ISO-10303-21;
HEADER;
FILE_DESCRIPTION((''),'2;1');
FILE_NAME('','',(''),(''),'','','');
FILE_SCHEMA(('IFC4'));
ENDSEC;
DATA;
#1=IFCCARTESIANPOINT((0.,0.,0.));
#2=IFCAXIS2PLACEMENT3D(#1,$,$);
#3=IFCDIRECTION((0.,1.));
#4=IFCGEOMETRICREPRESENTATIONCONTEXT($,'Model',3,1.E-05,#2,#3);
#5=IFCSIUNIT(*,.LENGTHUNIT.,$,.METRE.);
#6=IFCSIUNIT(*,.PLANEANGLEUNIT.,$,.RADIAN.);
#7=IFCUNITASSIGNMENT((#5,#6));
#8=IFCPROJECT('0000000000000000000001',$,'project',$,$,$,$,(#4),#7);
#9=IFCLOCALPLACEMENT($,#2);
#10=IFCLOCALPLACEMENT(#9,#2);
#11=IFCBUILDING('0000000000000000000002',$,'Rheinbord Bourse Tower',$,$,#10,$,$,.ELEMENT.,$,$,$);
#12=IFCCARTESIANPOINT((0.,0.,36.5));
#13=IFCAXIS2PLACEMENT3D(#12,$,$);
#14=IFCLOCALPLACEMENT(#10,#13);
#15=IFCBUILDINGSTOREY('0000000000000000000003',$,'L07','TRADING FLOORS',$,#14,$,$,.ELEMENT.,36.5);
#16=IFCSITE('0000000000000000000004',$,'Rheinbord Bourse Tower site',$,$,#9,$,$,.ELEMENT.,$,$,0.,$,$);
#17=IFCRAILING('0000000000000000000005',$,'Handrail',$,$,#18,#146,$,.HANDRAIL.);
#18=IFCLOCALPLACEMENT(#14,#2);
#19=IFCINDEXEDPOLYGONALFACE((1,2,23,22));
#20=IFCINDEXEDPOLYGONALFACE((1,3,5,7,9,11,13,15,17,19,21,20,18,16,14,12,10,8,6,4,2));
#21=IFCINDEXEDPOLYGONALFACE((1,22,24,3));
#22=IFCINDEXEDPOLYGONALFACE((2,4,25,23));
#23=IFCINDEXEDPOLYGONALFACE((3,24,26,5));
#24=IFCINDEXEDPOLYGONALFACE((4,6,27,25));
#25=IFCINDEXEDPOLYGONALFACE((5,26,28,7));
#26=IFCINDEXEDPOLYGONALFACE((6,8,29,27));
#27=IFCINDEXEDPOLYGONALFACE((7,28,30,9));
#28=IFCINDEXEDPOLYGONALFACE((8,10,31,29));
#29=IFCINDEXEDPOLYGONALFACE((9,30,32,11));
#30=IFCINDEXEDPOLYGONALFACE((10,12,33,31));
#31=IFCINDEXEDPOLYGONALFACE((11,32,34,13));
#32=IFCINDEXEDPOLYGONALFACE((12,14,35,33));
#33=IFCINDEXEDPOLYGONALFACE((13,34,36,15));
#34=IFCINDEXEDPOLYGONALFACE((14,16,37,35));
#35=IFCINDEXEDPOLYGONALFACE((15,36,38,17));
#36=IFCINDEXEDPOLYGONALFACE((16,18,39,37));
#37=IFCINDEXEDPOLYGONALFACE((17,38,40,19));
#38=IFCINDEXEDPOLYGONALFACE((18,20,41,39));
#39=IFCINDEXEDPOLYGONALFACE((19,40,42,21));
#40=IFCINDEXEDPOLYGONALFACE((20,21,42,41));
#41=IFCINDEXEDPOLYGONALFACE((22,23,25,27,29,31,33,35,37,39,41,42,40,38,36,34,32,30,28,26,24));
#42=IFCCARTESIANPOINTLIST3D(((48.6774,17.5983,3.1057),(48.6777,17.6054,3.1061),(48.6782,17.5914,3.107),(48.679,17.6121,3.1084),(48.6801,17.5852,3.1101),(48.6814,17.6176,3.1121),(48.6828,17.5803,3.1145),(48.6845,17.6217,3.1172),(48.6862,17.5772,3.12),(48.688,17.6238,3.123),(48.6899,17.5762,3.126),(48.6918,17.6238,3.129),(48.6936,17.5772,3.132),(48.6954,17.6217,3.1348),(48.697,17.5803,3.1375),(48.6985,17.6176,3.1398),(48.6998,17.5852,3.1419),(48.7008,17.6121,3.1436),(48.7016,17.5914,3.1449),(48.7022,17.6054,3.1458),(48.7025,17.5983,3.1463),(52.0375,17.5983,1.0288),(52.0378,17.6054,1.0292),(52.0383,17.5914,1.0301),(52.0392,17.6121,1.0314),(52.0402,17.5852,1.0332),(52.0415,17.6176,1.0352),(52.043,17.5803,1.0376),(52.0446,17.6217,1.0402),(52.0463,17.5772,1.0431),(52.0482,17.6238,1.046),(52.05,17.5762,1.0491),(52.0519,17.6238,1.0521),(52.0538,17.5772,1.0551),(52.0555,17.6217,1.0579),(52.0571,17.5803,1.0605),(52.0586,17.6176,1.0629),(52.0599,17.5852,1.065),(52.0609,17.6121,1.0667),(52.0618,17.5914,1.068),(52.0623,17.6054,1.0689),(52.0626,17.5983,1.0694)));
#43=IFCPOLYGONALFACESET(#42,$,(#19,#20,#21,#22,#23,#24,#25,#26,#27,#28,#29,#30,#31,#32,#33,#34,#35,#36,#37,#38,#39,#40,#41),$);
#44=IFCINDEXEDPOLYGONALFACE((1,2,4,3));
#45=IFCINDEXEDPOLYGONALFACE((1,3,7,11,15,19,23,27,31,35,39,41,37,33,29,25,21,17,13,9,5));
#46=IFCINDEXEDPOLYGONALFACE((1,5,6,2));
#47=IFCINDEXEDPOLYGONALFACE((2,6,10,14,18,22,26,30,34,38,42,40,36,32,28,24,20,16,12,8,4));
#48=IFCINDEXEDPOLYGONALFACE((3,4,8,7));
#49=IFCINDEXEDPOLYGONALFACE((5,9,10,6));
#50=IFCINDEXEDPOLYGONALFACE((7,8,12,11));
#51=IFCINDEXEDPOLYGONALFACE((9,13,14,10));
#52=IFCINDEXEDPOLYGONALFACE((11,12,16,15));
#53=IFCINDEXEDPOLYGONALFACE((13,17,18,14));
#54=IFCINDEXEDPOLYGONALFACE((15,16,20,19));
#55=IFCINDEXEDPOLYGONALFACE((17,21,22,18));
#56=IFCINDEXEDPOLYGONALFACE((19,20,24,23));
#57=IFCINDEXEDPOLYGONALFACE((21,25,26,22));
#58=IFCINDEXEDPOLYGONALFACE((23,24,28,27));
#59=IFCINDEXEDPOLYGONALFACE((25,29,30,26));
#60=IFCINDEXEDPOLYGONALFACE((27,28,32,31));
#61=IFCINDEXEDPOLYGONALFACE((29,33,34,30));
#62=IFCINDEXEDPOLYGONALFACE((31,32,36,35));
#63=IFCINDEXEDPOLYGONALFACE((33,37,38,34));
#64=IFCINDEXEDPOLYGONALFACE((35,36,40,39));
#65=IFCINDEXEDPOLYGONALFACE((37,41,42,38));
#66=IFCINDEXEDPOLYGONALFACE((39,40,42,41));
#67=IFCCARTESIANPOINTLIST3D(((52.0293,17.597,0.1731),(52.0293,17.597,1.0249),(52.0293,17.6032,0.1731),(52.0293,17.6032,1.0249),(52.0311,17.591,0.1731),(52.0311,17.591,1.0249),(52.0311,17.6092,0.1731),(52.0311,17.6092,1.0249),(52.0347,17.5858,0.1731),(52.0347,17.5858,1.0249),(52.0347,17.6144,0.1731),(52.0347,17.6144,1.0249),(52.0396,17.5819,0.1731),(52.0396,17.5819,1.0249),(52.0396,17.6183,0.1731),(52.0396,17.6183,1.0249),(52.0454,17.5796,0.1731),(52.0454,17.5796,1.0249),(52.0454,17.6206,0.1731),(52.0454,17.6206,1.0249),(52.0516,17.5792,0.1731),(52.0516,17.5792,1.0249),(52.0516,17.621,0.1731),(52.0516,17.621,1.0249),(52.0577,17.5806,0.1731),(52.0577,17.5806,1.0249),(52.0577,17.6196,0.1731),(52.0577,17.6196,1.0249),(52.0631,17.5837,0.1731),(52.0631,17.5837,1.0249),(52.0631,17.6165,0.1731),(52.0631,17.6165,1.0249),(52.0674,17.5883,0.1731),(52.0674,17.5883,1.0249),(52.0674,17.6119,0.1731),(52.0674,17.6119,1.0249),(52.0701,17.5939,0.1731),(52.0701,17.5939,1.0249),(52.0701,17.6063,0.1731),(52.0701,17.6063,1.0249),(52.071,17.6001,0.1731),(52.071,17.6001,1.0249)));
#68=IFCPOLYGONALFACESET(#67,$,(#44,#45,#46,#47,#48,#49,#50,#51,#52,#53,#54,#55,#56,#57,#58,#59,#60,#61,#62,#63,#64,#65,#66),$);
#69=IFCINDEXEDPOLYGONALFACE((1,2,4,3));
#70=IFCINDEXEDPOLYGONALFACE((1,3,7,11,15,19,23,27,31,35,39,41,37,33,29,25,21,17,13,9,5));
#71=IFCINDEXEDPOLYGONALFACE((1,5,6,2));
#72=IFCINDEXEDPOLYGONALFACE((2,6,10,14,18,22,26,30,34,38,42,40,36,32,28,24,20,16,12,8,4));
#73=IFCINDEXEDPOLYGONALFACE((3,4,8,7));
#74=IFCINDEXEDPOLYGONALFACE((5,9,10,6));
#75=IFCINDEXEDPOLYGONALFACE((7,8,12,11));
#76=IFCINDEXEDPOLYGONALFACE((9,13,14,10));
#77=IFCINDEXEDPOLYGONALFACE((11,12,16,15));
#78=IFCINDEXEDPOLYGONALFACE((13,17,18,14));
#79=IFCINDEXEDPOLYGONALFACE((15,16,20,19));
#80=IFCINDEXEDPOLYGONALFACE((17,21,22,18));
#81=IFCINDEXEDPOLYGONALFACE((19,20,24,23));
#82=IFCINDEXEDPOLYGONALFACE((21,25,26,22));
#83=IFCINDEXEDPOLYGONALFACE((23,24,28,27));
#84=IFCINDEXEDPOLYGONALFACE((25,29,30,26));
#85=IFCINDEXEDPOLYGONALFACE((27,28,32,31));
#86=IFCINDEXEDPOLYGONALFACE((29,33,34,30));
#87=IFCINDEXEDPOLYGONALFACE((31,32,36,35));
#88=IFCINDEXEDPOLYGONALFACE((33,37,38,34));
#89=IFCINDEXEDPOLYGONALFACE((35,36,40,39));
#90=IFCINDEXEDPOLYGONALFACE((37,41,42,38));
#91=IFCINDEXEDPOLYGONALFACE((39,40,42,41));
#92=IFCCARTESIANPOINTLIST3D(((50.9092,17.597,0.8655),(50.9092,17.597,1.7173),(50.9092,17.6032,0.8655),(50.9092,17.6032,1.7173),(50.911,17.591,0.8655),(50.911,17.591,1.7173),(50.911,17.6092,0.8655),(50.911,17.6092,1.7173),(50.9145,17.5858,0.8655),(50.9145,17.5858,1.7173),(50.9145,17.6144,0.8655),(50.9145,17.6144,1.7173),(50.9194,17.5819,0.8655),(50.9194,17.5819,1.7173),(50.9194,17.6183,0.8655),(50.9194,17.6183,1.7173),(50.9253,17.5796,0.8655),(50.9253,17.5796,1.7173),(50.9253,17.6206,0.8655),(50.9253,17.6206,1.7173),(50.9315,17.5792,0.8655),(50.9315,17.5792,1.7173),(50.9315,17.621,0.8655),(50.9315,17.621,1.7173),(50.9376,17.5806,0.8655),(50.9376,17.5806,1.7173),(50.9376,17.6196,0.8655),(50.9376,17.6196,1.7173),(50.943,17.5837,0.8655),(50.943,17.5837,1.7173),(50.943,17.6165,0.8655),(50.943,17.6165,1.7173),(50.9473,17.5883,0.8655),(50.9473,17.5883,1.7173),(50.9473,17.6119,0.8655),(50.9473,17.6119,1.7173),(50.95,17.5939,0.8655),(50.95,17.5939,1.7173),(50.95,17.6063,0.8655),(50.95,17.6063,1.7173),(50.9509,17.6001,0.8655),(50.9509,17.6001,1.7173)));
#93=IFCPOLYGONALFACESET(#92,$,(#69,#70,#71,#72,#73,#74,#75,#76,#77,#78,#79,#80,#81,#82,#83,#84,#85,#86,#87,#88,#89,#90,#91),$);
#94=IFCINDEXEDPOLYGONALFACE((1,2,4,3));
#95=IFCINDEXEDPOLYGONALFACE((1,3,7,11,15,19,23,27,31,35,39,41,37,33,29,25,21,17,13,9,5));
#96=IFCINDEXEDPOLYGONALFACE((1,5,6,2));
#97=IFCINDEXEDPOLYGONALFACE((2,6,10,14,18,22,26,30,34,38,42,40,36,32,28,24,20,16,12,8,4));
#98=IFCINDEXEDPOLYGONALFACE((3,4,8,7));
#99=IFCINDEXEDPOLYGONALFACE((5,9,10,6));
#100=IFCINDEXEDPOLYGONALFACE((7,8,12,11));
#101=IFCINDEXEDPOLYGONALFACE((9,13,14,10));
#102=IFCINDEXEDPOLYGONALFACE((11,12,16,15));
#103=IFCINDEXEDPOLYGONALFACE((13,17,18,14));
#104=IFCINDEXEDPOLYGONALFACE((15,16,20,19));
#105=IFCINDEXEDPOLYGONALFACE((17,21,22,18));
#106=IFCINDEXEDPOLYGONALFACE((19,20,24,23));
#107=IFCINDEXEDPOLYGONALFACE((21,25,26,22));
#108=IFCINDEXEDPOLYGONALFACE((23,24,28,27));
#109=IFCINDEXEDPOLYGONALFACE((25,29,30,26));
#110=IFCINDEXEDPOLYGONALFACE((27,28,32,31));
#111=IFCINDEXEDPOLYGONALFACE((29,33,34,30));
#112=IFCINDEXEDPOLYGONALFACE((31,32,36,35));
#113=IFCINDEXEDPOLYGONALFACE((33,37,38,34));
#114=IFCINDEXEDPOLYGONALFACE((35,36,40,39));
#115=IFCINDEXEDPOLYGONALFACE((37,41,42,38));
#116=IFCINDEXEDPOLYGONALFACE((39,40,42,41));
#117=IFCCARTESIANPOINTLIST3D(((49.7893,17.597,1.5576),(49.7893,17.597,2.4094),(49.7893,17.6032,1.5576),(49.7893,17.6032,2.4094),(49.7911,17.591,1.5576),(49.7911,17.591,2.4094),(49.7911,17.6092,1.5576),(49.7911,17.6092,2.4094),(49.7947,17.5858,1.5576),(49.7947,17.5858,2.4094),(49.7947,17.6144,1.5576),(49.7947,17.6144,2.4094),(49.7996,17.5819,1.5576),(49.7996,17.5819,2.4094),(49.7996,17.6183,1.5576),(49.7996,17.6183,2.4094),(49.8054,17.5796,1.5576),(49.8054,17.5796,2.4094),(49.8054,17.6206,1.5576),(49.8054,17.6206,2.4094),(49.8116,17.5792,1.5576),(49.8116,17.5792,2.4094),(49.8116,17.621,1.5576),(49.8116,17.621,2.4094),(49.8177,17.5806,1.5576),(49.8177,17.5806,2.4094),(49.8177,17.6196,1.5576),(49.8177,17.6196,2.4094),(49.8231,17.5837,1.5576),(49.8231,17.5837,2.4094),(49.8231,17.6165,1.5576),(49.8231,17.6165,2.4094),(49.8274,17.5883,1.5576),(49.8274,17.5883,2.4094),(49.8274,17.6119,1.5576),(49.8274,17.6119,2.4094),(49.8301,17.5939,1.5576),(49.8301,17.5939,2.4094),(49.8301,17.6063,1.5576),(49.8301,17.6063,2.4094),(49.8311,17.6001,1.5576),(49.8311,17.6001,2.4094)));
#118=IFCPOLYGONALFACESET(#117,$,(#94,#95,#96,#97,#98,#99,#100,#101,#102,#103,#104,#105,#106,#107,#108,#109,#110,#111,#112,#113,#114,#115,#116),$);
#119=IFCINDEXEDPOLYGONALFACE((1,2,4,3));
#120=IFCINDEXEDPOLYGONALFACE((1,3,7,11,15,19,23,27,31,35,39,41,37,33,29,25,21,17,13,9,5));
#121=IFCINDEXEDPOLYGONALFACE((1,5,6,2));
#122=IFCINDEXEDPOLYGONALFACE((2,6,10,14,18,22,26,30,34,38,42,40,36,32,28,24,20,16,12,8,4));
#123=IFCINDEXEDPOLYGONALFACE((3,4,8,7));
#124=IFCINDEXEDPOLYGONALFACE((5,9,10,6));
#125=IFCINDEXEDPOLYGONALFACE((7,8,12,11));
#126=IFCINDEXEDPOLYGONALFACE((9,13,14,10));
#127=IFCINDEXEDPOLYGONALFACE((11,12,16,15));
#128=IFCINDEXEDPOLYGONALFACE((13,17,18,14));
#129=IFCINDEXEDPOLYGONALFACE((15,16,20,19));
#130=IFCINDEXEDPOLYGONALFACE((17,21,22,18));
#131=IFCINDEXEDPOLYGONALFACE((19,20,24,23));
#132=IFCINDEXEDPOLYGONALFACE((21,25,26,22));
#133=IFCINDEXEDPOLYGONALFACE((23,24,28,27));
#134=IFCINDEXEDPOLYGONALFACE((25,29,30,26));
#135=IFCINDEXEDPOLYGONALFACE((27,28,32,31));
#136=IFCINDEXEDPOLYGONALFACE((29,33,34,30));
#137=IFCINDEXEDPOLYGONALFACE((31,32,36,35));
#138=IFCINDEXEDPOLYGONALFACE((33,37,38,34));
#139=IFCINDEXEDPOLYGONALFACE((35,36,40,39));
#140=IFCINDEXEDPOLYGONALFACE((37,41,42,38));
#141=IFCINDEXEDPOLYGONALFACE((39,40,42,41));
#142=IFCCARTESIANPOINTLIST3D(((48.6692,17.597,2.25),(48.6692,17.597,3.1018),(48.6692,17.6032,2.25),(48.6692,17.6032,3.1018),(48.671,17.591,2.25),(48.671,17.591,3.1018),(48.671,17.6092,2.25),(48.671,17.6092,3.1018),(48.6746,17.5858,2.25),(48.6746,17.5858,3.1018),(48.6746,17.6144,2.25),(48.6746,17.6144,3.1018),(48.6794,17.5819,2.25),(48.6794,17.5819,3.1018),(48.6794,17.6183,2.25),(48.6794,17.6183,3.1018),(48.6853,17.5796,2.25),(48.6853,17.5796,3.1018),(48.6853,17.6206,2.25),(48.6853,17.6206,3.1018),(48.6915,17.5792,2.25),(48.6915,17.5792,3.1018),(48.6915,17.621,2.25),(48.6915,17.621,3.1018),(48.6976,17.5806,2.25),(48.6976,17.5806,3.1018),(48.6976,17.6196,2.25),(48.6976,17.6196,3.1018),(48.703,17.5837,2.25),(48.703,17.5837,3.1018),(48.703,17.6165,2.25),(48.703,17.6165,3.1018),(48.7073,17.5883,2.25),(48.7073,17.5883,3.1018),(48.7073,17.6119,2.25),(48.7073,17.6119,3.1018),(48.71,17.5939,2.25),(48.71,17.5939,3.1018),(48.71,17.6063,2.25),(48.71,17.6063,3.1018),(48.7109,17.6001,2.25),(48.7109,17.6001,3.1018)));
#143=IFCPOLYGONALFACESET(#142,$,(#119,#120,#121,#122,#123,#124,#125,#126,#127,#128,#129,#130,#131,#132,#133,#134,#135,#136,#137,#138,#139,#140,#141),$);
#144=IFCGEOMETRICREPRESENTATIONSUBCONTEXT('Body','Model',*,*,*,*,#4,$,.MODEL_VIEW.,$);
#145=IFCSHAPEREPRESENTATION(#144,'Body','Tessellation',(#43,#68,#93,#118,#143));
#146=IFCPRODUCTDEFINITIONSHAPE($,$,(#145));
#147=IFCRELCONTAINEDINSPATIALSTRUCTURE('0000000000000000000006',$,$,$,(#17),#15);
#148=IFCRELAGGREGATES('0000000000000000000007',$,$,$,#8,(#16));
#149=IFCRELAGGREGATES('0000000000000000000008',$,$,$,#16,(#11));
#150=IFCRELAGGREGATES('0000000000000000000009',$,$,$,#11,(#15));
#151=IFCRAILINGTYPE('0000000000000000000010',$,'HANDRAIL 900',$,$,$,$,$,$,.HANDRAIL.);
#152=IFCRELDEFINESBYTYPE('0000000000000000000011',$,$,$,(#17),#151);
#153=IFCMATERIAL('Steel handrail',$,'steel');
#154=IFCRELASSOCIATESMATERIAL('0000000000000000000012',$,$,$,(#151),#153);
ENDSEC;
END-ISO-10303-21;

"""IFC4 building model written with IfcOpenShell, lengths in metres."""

from ifc_helpers import new_model, si_unit, direction, frame, origin, origin_2d, place, context, subcontext, project, spatial, circle, extrude, material, type_object, element, save


model = new_model("IFC4")

# Units and contexts
model_context = context("Model", 3, precision=1e-05, world=origin(), true_north=direction((0.0, 1.0)))
body_context = subcontext(model_context, "Body", "Model", "MODEL_VIEW")
ifc_project = project(units=[si_unit("LENGTHUNIT", "METRE"), si_unit("PLANEANGLEUNIT", "RADIAN")], contexts=[model_context])

# Site, building, storey
site_placement = place(None, origin())
site = spatial("IfcSite", under=ifc_project, at=site_placement, Name="Rheinbord Bourse Tower site", CompositionType="ELEMENT", RefElevation=0.0)
building_placement = place(site_placement, origin())
building = spatial("IfcBuilding", under=site, at=building_placement, Name="Rheinbord Bourse Tower", CompositionType="ELEMENT")
storey_placement = place(building_placement, frame((0.0, 0.0, 36.5)))
storey = spatial("IfcBuildingStorey", under=building, at=storey_placement, Name="L07", Description="TRADING FLOORS", CompositionType="ELEMENT", Elevation=36.5)

# Railing
ifc_material_1 = material(Name="Steel handrail", Category="steel")
railing_type = type_object("IfcRailingType", Name="HANDRAIL 900", PredefinedType="HANDRAIL", material=ifc_material_1)
railing_1_placement = place(storey_placement, frame((52.05, 17.6001, 0.1731)))
element("IfcRailing", 1, at=railing_1_placement, inside=storey, type_object=railing_type, Name="Handrail", PredefinedType="HANDRAIL", context=body_context, shape_type="SweptSolid", body=[
    extrude(circle(Radius=0.0239, at=origin_2d()), frame((0.0, 0.0, 0.876), z_axis=(-0.850623, 0.0, 0.525776), x_axis=(0.0, -1.0, 0.0)), (0.0, 0.0, 1.0), 3.9502),
    extrude(circle(Radius=0.021, at=origin_2d()), origin(), (0.0, 0.0, 1.0), 0.8518),
    extrude(circle(Radius=0.021, at=origin_2d()), frame((-1.1201, 0.0, 0.6924)), (0.0, 0.0, 1.0), 0.8518),
    extrude(circle(Radius=0.021, at=origin_2d()), frame((-2.24, 0.0, 1.3845)), (0.0, 0.0, 1.0), 0.8518),
    extrude(circle(Radius=0.021, at=origin_2d()), frame((-3.3601, 0.0, 2.0769)), (0.0, 0.0, 1.0), 0.8518),
])

save(model, "model.ifc")
